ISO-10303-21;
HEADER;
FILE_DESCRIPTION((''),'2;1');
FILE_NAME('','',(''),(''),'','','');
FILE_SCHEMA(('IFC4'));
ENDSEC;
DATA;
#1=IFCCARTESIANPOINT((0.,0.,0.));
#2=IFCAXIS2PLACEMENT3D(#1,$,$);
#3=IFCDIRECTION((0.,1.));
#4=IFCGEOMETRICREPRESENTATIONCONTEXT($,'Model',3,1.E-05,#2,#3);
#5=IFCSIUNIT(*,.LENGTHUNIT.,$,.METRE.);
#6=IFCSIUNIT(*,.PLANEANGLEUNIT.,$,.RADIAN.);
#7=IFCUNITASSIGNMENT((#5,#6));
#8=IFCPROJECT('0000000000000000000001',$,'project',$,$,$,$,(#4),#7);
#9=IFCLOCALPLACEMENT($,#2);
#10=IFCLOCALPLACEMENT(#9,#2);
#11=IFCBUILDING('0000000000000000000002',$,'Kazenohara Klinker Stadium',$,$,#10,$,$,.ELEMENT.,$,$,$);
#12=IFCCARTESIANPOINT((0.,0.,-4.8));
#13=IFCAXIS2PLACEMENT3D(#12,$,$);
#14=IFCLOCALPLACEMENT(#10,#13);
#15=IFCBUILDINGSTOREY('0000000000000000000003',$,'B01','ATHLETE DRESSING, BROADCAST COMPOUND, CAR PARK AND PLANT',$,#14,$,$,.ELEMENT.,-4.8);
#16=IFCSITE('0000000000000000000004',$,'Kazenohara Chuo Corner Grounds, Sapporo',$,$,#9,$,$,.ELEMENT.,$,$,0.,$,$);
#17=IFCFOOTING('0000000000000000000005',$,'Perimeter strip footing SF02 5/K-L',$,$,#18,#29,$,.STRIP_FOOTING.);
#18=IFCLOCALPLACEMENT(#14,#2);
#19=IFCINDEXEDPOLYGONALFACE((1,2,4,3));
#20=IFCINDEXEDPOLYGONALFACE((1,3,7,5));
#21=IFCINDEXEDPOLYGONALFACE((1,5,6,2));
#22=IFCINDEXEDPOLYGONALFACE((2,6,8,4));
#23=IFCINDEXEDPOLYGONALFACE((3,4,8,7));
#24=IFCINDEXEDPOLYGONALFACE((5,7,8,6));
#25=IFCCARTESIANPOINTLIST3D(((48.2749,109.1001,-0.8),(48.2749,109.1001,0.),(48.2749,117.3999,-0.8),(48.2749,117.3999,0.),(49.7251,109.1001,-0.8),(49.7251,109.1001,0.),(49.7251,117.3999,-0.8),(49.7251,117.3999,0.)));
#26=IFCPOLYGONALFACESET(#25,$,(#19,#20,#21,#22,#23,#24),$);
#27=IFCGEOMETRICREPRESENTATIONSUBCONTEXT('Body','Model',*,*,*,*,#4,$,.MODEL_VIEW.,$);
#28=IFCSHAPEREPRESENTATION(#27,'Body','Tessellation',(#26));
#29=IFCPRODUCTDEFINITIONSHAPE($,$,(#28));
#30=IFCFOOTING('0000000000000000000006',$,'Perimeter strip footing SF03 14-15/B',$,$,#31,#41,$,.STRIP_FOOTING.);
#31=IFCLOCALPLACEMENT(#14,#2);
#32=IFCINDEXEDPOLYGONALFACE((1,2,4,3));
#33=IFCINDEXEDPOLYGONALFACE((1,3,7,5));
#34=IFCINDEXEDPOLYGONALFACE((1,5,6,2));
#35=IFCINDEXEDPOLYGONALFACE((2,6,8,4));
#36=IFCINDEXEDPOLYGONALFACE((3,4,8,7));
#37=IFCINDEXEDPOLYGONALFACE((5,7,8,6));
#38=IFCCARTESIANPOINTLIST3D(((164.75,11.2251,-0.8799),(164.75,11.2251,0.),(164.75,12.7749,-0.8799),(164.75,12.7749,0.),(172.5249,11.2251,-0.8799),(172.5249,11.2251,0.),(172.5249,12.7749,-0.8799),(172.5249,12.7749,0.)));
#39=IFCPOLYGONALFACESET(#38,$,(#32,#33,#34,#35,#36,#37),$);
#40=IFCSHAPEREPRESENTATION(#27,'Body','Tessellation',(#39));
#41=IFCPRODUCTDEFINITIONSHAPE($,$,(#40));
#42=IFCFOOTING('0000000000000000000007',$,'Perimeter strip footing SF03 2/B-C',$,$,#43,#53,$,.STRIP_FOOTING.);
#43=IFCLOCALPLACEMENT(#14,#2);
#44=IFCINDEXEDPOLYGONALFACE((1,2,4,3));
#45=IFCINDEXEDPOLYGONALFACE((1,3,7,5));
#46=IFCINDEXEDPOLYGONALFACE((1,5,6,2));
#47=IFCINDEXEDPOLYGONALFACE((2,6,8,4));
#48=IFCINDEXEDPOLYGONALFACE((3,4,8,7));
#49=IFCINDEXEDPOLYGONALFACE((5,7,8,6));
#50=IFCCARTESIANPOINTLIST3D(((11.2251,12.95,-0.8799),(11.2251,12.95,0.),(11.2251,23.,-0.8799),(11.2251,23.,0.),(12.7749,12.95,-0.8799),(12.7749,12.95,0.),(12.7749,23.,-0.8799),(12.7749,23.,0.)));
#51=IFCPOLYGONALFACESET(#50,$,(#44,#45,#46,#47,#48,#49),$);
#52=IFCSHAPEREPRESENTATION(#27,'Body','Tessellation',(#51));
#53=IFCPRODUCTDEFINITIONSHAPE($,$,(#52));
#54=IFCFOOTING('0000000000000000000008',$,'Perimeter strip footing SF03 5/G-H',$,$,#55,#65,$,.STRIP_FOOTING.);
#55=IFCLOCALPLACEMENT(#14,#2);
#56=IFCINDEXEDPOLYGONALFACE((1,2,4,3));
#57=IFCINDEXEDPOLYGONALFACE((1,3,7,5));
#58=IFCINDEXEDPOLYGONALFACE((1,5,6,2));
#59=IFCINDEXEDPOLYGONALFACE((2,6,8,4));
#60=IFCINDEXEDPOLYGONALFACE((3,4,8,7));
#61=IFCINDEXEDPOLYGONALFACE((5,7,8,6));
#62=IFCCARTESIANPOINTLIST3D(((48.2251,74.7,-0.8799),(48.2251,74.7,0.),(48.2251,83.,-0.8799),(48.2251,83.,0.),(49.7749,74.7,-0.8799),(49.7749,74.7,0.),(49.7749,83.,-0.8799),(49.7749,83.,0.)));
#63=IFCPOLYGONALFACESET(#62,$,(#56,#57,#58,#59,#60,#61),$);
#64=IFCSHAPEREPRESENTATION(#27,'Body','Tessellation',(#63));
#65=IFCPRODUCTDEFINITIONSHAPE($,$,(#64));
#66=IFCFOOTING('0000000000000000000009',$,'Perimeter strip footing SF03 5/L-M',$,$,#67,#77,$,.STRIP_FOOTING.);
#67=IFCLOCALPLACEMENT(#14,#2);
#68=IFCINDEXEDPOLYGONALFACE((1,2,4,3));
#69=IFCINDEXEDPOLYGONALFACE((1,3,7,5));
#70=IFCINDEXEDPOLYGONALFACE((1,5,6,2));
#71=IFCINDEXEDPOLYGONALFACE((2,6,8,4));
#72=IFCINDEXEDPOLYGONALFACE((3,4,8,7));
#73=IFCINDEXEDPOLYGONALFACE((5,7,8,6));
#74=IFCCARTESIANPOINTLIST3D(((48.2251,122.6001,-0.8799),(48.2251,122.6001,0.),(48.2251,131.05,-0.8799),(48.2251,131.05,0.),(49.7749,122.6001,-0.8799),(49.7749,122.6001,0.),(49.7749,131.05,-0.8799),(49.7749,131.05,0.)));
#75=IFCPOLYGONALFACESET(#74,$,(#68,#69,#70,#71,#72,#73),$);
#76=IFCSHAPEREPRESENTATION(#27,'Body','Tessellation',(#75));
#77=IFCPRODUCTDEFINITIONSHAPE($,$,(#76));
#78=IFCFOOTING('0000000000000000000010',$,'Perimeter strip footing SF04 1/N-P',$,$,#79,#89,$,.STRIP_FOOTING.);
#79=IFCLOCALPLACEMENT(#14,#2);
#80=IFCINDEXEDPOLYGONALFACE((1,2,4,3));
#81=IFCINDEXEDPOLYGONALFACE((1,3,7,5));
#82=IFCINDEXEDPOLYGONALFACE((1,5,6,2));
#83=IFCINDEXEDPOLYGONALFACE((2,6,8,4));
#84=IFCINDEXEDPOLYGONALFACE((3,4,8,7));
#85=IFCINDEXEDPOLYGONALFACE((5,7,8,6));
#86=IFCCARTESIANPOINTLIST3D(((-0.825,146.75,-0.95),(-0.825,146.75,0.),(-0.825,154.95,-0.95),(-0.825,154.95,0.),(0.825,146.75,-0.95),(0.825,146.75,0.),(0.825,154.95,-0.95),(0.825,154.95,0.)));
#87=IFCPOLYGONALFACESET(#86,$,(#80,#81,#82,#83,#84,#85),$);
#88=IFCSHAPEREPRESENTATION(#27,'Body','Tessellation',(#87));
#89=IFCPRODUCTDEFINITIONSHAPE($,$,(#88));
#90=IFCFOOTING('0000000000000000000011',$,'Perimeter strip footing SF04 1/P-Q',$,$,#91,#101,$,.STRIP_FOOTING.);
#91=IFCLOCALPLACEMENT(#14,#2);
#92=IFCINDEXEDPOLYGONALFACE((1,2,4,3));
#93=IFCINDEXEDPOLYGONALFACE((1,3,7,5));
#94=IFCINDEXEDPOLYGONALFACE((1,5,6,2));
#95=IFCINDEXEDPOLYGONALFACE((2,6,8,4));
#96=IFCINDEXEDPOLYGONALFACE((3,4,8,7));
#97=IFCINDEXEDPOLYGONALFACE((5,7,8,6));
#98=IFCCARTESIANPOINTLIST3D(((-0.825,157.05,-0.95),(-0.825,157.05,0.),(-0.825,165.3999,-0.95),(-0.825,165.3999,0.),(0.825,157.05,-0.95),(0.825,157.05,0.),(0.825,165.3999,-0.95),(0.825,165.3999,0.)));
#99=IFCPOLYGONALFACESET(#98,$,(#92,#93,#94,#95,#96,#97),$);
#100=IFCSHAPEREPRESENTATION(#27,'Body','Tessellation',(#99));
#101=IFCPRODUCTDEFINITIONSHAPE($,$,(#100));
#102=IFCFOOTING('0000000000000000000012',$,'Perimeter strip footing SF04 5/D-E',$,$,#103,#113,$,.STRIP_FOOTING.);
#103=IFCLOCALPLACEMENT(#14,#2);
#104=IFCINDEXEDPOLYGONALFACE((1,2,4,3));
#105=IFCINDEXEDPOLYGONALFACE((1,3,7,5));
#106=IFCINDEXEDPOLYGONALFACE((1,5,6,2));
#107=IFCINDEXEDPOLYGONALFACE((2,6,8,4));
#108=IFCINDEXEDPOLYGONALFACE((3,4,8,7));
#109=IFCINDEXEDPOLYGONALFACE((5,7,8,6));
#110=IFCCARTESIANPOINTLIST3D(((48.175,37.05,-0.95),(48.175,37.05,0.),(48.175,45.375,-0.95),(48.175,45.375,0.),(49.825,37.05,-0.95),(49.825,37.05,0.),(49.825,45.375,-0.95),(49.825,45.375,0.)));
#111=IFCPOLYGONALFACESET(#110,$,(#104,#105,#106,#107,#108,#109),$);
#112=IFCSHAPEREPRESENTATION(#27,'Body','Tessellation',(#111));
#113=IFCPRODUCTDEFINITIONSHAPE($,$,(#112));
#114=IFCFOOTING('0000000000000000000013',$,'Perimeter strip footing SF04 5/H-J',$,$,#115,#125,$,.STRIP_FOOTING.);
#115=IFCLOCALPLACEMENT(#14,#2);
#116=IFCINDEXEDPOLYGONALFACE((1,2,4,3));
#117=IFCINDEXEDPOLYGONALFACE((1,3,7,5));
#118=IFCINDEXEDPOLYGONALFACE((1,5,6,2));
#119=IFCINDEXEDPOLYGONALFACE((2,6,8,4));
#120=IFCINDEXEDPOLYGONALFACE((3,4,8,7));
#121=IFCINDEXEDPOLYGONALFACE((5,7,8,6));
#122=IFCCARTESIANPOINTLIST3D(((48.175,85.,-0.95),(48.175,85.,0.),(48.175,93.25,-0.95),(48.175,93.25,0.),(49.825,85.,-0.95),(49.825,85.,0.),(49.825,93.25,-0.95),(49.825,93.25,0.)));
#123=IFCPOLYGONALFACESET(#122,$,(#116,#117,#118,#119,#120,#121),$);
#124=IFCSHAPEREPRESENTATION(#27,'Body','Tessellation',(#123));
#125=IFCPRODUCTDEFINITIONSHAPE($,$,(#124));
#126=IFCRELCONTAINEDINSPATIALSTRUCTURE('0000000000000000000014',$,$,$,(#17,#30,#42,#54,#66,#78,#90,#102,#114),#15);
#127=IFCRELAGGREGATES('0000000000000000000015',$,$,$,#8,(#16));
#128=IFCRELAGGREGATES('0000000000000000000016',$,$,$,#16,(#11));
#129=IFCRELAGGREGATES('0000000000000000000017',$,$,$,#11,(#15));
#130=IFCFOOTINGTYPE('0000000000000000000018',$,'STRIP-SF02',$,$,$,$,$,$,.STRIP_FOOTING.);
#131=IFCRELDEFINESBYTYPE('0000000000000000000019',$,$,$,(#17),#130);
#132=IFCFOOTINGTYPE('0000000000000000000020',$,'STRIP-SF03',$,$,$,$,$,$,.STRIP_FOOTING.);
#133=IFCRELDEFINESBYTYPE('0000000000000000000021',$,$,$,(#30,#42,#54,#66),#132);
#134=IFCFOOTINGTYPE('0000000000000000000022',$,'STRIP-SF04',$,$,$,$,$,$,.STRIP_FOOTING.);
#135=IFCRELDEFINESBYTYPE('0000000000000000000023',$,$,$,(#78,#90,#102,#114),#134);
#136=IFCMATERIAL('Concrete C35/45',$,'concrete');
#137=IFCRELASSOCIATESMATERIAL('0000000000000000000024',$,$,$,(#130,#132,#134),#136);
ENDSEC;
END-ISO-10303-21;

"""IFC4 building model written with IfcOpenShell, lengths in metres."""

from ifc_helpers import new_model, si_unit, direction, frame, origin, place, context, subcontext, project, spatial, polyline, outline, extrude, material, type_object, element, save


model = new_model("IFC4")

# Units and contexts
model_context = context("Model", 3, precision=1e-05, world=origin(), true_north=direction((0.0, 1.0)))
body_context = subcontext(model_context, "Body", "Model", "MODEL_VIEW")
ifc_project = project(units=[si_unit("LENGTHUNIT", "METRE"), si_unit("PLANEANGLEUNIT", "RADIAN")], contexts=[model_context])

# Site, building, storey
site_placement = place(None, origin())
site = spatial("IfcSite", under=ifc_project, at=site_placement, Name="Kazenohara Chuo Corner Grounds, Sapporo", CompositionType="ELEMENT", RefElevation=0.0)
building_placement = place(site_placement, origin())
building = spatial("IfcBuilding", under=site, at=building_placement, Name="Kazenohara Klinker Stadium", CompositionType="ELEMENT")
storey_placement = place(building_placement, frame((0.0, 0.0, -4.8)))
storey = spatial("IfcBuildingStorey", under=building, at=storey_placement, Name="B01", Description="ATHLETE DRESSING, BROADCAST COMPOUND, CAR PARK AND PLANT", CompositionType="ELEMENT", Elevation=-4.8)

# Footings
ifc_material = material(Name="Concrete C35/45", Category="concrete")
footing_type_1 = type_object("IfcFootingType", Name="STRIP-SF02", PredefinedType="STRIP_FOOTING", material=ifc_material)
footing_1_placement = place(storey_placement, frame((0.0, 0.0, -0.8)))
element("IfcFooting", 1, at=footing_1_placement, inside=storey, type_object=footing_type_1, Name="Perimeter strip footing SF02 5/K-L", PredefinedType="STRIP_FOOTING", context=body_context, shape_type="SweptSolid", body=[
    extrude(outline(polyline([(48.2749, 109.1001), (49.7251, 109.1001), (49.7251, 117.3999), (48.2749, 117.3999), (48.2749, 109.1001)])), origin(), (0.0, 0.0, 1.0), 0.8),
])
footing_type_2 = type_object("IfcFootingType", Name="STRIP-SF03", PredefinedType="STRIP_FOOTING", material=ifc_material)
footing_2_placement = place(storey_placement, frame((0.0, 0.0, -0.8799)))
element("IfcFooting", 2, at=footing_2_placement, inside=storey, type_object=footing_type_2, Name="Perimeter strip footing SF03 14-15/B", PredefinedType="STRIP_FOOTING", context=body_context, shape_type="SweptSolid", body=[
    extrude(outline(polyline([(164.75, 11.2251), (172.5249, 11.2251), (172.5249, 12.7749), (164.75, 12.7749), (164.75, 11.2251)])), origin(), (0.0, 0.0, 1.0), 0.8799),
])
footing_3_placement = place(storey_placement, frame((0.0, 0.0, -0.8799)))
element("IfcFooting", 3, at=footing_3_placement, inside=storey, type_object=footing_type_2, Name="Perimeter strip footing SF03 2/B-C", PredefinedType="STRIP_FOOTING", context=body_context, shape_type="SweptSolid", body=[
    extrude(outline(polyline([(11.2251, 12.95), (12.7749, 12.95), (12.7749, 23.0), (11.2251, 23.0), (11.2251, 12.95)])), origin(), (0.0, 0.0, 1.0), 0.8799),
])
footing_4_placement = place(storey_placement, frame((0.0, 0.0, -0.8799)))
element("IfcFooting", 4, at=footing_4_placement, inside=storey, type_object=footing_type_2, Name="Perimeter strip footing SF03 5/G-H", PredefinedType="STRIP_FOOTING", context=body_context, shape_type="SweptSolid", body=[
    extrude(outline(polyline([(48.2251, 74.7), (49.7749, 74.7), (49.7749, 83.0), (48.2251, 83.0), (48.2251, 74.7)])), origin(), (0.0, 0.0, 1.0), 0.8799),
])
footing_5_placement = place(storey_placement, frame((0.0, 0.0, -0.8799)))
element("IfcFooting", 5, at=footing_5_placement, inside=storey, type_object=footing_type_2, Name="Perimeter strip footing SF03 5/L-M", PredefinedType="STRIP_FOOTING", context=body_context, shape_type="SweptSolid", body=[
    extrude(outline(polyline([(48.2251, 122.6001), (49.7749, 122.6001), (49.7749, 131.05), (48.2251, 131.05), (48.2251, 122.6001)])), origin(), (0.0, 0.0, 1.0), 0.8799),
])
footing_type_3 = type_object("IfcFootingType", Name="STRIP-SF04", PredefinedType="STRIP_FOOTING", material=ifc_material)
footing_6_placement = place(storey_placement, frame((0.0, 0.0, -0.95)))
element("IfcFooting", 6, at=footing_6_placement, inside=storey, type_object=footing_type_3, Name="Perimeter strip footing SF04 1/N-P", PredefinedType="STRIP_FOOTING", context=body_context, shape_type="SweptSolid", body=[
    extrude(outline(polyline([(-0.825, 146.75), (0.825, 146.75), (0.825, 154.95), (-0.825, 154.95), (-0.825, 146.75)])), origin(), (0.0, 0.0, 1.0), 0.95),
])
footing_7_placement = place(storey_placement, frame((0.0, 0.0, -0.95)))
element("IfcFooting", 7, at=footing_7_placement, inside=storey, type_object=footing_type_3, Name="Perimeter strip footing SF04 1/P-Q", PredefinedType="STRIP_FOOTING", context=body_context, shape_type="SweptSolid", body=[
    extrude(outline(polyline([(-0.825, 157.05), (0.825, 157.05), (0.825, 165.3999), (-0.825, 165.3999), (-0.825, 157.05)])), origin(), (0.0, 0.0, 1.0), 0.95),
])
footing_8_placement = place(storey_placement, frame((0.0, 0.0, -0.95)))
element("IfcFooting", 8, at=footing_8_placement, inside=storey, type_object=footing_type_3, Name="Perimeter strip footing SF04 5/D-E", PredefinedType="STRIP_FOOTING", context=body_context, shape_type="SweptSolid", body=[
    extrude(outline(polyline([(48.175, 37.05), (49.825, 37.05), (49.825, 45.375), (48.175, 45.375), (48.175, 37.05)])), origin(), (0.0, 0.0, 1.0), 0.95),
])
footing_9_placement = place(storey_placement, frame((0.0, 0.0, -0.95)))
element("IfcFooting", 9, at=footing_9_placement, inside=storey, type_object=footing_type_3, Name="Perimeter strip footing SF04 5/H-J", PredefinedType="STRIP_FOOTING", context=body_context, shape_type="SweptSolid", body=[
    extrude(outline(polyline([(48.175, 85.0), (49.825, 85.0), (49.825, 93.25), (48.175, 93.25), (48.175, 85.0)])), origin(), (0.0, 0.0, 1.0), 0.95),
])

save(model, "model.ifc")
